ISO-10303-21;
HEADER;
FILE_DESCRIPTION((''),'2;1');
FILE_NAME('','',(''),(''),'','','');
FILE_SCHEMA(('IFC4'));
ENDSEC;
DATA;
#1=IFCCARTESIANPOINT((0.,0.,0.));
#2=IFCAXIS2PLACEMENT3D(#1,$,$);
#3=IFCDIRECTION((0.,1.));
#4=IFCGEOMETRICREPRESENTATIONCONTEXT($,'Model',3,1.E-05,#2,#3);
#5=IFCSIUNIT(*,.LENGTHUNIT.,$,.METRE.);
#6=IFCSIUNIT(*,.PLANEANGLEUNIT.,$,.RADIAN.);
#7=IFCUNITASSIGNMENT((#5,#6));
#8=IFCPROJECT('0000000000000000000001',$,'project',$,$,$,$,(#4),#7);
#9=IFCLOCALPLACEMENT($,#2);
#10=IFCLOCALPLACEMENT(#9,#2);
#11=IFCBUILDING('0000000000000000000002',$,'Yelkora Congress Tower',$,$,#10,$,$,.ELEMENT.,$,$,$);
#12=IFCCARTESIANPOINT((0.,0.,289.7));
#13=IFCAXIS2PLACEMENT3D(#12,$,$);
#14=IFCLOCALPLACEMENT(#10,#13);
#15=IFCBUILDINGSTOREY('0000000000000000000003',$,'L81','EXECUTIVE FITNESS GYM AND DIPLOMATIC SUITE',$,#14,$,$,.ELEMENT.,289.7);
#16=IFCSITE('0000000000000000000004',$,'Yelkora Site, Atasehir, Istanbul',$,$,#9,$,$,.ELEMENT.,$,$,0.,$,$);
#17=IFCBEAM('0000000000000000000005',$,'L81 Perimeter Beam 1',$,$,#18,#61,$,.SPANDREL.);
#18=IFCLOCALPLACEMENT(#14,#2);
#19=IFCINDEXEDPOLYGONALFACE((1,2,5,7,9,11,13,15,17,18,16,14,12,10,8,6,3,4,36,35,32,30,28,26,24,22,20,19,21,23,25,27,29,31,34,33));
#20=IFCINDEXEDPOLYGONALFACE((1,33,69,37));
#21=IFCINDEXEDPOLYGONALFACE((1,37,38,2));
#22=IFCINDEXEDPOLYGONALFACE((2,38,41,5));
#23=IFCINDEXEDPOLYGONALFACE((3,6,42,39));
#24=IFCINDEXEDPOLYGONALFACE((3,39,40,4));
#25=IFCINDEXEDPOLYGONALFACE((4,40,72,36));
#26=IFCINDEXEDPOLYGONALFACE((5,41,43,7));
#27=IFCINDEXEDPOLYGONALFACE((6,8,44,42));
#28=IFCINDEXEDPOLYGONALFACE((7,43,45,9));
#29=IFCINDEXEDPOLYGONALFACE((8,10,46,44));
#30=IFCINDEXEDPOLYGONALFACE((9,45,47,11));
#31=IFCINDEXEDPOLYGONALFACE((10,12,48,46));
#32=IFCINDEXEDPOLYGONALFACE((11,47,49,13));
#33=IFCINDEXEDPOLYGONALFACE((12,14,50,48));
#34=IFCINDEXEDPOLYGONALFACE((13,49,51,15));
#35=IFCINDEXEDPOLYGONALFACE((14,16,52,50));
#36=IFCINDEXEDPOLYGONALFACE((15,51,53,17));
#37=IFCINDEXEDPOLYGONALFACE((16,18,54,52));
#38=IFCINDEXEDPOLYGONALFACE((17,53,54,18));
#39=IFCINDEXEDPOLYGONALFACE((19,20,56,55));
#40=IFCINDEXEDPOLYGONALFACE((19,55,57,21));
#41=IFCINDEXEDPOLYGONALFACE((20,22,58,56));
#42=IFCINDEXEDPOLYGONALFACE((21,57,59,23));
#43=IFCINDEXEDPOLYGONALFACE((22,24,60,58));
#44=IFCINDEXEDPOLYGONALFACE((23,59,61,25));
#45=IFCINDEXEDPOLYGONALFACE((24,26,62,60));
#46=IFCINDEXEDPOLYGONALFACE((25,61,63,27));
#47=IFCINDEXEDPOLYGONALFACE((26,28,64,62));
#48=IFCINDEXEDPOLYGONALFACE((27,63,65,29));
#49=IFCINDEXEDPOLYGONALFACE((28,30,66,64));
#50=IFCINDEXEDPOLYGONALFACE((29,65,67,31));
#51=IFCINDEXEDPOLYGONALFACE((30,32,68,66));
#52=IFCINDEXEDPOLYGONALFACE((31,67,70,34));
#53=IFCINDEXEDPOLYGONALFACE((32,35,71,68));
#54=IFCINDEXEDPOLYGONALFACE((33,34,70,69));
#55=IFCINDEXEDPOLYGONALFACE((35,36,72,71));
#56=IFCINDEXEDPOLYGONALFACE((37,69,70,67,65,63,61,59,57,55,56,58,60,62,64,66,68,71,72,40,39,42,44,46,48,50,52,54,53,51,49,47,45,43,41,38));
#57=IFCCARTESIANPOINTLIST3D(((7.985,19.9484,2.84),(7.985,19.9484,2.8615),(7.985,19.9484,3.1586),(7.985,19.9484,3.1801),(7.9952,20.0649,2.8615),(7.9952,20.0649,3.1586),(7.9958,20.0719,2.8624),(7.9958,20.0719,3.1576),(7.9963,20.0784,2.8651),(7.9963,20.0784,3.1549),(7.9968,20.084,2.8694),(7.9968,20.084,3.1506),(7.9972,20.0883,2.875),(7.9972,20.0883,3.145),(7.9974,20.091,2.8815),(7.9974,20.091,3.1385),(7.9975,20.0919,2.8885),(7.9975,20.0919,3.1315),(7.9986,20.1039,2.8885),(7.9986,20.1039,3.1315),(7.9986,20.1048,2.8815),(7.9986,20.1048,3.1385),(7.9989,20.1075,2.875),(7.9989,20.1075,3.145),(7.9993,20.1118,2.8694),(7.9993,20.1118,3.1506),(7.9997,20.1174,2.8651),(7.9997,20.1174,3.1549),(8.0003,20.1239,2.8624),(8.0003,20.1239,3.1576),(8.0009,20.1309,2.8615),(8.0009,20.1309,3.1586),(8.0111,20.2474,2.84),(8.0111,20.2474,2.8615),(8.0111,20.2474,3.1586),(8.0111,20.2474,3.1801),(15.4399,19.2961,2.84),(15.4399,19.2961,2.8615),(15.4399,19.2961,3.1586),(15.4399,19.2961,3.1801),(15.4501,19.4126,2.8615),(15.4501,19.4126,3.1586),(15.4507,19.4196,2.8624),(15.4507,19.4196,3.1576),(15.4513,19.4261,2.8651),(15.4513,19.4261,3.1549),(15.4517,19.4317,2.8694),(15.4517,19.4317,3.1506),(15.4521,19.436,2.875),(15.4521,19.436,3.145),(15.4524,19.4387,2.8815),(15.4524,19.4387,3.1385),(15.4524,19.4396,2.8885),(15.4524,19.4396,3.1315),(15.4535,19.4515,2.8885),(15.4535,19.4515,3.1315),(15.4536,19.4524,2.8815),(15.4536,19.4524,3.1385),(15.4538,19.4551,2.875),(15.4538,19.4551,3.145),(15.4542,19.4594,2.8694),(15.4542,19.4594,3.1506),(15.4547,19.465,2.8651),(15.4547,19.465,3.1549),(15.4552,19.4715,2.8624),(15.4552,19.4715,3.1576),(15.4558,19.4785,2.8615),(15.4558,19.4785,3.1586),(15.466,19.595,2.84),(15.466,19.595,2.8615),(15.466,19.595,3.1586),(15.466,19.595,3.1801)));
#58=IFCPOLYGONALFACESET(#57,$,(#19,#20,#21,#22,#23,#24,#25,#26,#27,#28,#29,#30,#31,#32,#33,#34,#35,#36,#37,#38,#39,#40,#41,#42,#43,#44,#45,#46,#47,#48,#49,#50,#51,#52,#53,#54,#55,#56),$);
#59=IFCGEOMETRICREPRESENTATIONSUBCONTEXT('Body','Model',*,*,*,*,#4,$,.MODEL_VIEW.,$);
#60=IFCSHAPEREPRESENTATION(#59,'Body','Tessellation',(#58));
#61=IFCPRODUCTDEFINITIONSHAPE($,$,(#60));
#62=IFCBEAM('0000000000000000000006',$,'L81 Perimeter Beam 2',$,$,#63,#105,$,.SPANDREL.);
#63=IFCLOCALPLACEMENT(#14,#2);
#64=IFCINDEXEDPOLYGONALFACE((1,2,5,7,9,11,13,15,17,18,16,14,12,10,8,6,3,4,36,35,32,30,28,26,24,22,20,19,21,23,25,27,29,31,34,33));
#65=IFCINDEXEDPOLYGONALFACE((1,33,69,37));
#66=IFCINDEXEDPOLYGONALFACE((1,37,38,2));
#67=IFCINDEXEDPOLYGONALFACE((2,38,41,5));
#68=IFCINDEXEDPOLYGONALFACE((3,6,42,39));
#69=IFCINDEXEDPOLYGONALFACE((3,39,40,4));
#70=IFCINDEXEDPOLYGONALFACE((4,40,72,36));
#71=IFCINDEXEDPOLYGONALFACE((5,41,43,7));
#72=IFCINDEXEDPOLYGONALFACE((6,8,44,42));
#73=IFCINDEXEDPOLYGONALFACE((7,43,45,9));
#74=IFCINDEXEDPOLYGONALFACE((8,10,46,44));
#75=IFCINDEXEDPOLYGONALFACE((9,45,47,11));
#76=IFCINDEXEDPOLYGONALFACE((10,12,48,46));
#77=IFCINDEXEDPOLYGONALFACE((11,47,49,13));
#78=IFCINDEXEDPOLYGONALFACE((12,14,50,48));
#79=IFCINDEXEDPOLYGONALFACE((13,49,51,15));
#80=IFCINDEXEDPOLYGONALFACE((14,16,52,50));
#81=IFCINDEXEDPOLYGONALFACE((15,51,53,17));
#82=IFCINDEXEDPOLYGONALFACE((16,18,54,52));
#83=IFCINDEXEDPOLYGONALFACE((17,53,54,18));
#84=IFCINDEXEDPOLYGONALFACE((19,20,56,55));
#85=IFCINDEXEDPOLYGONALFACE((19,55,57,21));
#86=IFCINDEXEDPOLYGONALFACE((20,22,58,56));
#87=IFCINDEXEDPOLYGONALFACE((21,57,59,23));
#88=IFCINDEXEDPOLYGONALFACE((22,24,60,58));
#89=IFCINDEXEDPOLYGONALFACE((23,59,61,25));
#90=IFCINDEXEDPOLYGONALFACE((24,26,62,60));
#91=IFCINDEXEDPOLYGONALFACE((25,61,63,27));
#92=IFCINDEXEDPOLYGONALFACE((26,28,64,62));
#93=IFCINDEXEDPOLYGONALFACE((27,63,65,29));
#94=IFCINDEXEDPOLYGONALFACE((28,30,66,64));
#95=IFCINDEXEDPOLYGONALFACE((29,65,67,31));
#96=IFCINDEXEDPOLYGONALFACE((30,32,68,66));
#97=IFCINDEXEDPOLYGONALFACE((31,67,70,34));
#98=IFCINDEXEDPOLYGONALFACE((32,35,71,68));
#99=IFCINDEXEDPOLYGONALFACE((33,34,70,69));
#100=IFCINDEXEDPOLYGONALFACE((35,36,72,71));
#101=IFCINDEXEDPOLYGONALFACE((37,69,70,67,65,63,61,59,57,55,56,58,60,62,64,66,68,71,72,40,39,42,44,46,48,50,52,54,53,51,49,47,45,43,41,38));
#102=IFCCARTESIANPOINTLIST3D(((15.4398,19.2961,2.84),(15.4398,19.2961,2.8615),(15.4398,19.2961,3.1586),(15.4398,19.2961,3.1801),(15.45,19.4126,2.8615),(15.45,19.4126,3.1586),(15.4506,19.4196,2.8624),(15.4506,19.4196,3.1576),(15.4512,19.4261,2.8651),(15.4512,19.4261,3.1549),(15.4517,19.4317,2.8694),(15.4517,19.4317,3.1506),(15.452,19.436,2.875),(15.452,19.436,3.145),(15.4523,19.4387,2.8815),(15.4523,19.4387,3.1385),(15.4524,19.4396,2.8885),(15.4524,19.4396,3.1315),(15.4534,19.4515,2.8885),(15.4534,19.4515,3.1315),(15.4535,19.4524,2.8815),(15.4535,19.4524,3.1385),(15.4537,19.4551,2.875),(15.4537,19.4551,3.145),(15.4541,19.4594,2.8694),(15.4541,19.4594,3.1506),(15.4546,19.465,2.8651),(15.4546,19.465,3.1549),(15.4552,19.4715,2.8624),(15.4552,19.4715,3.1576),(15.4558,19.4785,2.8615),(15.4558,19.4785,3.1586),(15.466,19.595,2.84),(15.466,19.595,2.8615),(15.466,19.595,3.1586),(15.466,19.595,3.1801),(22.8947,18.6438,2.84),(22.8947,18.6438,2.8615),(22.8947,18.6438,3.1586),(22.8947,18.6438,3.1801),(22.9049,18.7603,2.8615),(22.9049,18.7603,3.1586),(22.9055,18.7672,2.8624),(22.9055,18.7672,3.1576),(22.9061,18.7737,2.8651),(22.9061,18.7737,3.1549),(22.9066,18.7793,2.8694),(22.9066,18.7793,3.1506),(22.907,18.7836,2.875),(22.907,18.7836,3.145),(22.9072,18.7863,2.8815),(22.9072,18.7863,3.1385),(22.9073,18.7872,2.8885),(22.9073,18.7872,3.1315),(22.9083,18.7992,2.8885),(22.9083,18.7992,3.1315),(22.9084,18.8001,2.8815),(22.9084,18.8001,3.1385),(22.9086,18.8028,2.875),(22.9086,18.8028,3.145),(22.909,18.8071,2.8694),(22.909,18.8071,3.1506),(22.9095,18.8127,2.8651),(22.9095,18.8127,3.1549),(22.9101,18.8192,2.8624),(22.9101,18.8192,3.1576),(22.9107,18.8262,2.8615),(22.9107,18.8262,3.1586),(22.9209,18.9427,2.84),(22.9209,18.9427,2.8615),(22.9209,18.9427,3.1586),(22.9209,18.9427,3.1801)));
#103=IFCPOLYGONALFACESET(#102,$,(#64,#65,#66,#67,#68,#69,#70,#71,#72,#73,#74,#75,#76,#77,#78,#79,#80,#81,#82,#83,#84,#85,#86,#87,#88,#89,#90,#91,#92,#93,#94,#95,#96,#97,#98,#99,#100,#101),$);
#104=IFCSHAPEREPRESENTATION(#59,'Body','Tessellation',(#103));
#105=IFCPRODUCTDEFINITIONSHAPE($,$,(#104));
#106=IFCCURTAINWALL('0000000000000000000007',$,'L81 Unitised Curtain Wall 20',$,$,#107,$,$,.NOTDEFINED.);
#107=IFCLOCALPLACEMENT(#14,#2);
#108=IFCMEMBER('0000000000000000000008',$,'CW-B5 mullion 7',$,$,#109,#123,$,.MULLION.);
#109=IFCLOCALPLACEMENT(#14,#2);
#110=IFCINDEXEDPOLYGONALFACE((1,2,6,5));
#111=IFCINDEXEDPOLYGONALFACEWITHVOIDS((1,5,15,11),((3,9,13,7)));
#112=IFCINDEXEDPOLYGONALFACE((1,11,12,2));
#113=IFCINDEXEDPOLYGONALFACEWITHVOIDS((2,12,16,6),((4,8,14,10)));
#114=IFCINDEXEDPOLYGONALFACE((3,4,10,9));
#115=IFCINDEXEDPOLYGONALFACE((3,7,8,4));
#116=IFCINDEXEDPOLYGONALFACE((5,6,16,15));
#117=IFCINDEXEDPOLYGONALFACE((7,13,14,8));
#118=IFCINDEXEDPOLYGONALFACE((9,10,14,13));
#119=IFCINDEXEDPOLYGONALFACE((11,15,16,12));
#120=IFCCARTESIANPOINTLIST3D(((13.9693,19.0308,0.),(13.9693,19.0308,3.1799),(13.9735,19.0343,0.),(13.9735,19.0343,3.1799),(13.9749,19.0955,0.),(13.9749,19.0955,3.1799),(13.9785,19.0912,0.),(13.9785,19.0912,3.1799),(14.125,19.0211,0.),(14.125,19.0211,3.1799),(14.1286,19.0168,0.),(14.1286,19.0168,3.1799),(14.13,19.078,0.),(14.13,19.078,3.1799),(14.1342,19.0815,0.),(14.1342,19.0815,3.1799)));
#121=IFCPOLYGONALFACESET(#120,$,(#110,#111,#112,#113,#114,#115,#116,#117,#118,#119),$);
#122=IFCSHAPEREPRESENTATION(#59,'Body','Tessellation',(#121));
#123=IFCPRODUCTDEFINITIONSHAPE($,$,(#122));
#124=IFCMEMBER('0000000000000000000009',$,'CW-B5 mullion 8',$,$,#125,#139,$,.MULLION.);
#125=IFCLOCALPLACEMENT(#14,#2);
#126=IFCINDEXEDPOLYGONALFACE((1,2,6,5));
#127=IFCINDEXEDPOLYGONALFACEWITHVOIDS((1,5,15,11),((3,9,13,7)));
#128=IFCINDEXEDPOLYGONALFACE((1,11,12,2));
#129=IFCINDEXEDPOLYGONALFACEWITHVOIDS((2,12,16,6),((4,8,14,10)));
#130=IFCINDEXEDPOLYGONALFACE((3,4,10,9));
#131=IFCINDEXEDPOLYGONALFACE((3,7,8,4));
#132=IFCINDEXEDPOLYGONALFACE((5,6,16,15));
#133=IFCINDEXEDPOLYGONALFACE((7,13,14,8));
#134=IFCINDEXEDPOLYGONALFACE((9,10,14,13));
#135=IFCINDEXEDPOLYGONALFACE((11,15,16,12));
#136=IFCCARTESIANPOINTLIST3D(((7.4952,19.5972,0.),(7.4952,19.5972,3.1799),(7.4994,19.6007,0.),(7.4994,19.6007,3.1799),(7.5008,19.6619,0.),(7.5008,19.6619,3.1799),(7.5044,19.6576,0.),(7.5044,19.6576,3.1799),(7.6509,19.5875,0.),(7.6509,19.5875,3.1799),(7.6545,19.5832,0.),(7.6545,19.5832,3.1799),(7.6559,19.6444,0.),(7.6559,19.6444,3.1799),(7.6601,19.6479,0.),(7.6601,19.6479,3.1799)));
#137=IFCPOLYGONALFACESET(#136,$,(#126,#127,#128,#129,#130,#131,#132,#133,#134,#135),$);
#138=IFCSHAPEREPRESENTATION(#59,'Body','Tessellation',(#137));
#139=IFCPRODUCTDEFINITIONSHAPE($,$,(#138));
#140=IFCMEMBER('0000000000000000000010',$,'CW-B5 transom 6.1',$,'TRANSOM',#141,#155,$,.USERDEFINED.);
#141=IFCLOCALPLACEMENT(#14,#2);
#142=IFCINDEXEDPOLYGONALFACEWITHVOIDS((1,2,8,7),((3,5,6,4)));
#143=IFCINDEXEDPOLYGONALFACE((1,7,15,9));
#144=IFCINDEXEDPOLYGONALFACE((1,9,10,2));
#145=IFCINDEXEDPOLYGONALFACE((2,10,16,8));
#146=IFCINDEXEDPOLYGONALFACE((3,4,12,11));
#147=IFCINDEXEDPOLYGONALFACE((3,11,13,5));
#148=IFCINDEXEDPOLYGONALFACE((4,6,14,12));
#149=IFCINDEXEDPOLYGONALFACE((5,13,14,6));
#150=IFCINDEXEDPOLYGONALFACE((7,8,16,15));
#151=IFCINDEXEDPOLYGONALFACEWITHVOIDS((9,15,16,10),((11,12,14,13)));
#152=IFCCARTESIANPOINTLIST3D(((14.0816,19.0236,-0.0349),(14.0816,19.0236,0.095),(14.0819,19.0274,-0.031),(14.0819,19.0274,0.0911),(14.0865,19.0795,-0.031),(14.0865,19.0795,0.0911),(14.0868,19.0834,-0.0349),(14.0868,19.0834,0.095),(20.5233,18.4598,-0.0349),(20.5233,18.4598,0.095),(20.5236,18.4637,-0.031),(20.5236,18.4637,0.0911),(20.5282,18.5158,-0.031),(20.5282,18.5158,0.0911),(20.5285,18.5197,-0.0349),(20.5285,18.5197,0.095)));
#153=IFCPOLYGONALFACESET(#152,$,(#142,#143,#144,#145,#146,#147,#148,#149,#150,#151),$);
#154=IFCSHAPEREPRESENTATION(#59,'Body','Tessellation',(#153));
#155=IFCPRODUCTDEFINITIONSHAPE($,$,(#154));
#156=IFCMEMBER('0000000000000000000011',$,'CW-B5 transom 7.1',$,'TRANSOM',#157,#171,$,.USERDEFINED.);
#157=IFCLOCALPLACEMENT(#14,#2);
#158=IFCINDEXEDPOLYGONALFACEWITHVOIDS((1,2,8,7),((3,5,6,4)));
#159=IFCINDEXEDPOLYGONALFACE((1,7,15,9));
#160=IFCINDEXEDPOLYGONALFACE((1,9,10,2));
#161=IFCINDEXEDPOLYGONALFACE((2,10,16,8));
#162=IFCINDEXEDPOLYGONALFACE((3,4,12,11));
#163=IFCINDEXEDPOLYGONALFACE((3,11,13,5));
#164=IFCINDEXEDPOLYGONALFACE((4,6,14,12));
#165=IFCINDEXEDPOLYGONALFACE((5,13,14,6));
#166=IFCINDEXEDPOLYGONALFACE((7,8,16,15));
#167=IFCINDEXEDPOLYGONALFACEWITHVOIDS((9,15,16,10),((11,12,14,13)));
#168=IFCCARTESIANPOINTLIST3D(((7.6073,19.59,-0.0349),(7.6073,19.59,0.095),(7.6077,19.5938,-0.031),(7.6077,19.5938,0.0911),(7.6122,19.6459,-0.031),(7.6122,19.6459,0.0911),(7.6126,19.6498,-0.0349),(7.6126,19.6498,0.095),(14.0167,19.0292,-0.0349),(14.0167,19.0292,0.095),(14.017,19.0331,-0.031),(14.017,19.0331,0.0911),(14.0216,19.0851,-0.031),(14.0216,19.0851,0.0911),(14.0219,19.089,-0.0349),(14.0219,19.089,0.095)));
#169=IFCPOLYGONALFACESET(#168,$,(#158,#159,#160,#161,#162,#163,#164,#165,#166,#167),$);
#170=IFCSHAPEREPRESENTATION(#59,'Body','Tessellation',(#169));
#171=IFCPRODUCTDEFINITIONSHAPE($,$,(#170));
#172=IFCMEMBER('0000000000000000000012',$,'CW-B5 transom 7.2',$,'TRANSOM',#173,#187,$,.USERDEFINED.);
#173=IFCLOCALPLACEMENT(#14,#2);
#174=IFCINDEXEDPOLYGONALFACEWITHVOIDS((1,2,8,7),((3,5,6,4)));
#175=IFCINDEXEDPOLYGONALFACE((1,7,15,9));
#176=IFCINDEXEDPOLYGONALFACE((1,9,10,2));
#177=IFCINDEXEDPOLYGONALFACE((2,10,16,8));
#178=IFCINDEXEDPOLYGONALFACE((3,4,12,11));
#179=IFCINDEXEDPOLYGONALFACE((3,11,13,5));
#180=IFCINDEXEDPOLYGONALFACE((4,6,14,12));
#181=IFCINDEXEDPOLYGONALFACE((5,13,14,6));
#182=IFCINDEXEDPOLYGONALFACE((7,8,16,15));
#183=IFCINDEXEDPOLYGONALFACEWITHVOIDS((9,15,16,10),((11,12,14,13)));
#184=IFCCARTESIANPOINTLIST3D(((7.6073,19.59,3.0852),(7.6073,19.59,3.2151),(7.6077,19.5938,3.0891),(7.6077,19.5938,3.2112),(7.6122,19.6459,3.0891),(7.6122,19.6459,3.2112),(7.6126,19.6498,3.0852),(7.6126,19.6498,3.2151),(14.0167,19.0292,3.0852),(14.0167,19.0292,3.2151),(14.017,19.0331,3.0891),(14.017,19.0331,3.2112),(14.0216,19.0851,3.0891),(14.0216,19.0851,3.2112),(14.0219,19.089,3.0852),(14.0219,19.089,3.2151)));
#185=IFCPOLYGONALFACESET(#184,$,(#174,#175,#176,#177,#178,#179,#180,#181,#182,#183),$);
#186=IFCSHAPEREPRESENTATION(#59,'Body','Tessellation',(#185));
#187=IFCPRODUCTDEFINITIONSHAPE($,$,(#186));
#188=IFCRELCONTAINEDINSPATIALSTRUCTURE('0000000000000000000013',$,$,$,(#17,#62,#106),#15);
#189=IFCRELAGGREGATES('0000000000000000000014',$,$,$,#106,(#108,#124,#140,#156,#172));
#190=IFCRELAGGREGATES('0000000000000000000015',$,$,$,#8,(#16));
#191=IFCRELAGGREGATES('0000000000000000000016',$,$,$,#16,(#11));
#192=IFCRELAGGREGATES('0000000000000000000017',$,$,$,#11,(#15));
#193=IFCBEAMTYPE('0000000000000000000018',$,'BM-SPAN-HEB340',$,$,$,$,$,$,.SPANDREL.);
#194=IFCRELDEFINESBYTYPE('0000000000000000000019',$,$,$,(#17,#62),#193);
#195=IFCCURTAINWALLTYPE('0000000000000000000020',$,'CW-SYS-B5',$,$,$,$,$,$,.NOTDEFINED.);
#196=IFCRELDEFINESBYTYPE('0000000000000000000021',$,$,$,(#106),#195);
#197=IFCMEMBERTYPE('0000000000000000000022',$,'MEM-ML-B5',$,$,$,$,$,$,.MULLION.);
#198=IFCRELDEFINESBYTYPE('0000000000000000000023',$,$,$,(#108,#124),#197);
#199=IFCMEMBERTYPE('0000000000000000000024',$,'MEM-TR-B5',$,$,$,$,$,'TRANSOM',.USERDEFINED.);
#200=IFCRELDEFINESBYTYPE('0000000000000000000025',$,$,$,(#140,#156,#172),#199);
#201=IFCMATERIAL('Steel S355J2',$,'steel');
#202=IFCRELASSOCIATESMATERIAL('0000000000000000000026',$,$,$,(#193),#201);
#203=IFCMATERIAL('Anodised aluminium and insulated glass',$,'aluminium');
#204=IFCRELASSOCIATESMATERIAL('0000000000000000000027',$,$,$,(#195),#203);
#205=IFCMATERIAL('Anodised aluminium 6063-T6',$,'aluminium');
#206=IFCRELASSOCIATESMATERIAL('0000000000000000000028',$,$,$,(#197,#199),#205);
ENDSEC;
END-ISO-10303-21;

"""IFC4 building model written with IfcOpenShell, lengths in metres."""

from ifc_helpers import new_model, si_unit, direction, frame, origin, origin_2d, place, context, subcontext, project, spatial, hollow_rectangle, i_section, extrude, material, material_profile, profile_set, type_object, element, aggregate, save


model = new_model("IFC4")

# Units and contexts
model_context = context("Model", 3, precision=1e-05, world=origin(), true_north=direction((0.0, 1.0)))
body_context = subcontext(model_context, "Body", "Model", "MODEL_VIEW")
ifc_project = project(units=[si_unit("LENGTHUNIT", "METRE"), si_unit("PLANEANGLEUNIT", "RADIAN")], contexts=[model_context])

# Site, building, storey
site_placement = place(None, origin())
site = spatial("IfcSite", under=ifc_project, at=site_placement, Name="Yelkora Site, Atasehir, Istanbul", CompositionType="ELEMENT", RefElevation=0.0)
building_placement = place(site_placement, origin())
building = spatial("IfcBuilding", under=site, at=building_placement, Name="Yelkora Congress Tower", CompositionType="ELEMENT")
storey_placement = place(building_placement, frame((0.0, 0.0, 289.7)))
storey = spatial("IfcBuildingStorey", under=building, at=storey_placement, Name="L81", Description="EXECUTIVE FITNESS GYM AND DIPLOMATIC SUITE", CompositionType="ELEMENT", Elevation=289.7)

# Shared definitions
ifc_material_1 = material(Name="Steel S355J2", Category="steel")

# Beams
ifc_material_profile_1 = material_profile(ifc_material_1, i_section(OverallWidth=0.3, OverallDepth=0.3401, WebThickness=0.012, FlangeThickness=0.0215, FilletRadius=0.0271, at=origin_2d()), Name="HEB 340")
ifc_profile_set_1 = profile_set([ifc_material_profile_1], Name="Steel S355J2")
beam_type_1 = type_object("IfcBeamType", Name="BM-SPAN-HEB340", PredefinedType="SPANDREL", material=ifc_profile_set_1)
for number, where, z_axis, x_axis, name in (
    (1, (7.998, 20.0979, 3.01), (0.996193, -0.087173, 0.0), (0.087173, 0.996193, 0.0), "L81 Perimeter Beam 1"),
    (2, (15.4529, 19.4456, 3.01), (0.996193, -0.087173, 0.0), (0.087173, 0.996193, 0.0), "L81 Perimeter Beam 2"),
):
    element("IfcBeam", number, at=place(storey_placement, frame(where, z_axis=z_axis, x_axis=x_axis)), inside=storey, type_object=beam_type_1, Name=name, PredefinedType="SPANDREL", context=body_context, shape_type="SweptSolid", body=[
        extrude(i_section(OverallWidth=0.3, OverallDepth=0.3401, WebThickness=0.012, FlangeThickness=0.0215, FilletRadius=0.0271, at=origin_2d()), origin(), (0.0, 0.0, 1.0), 7.4834),
    ])

# Curtain wall, members
ifc_material_2 = material(Name="Anodised aluminium and insulated glass", Category="aluminium")
curtain_wall_type = type_object("IfcCurtainWallType", Name="CW-SYS-B5", PredefinedType="NOTDEFINED", material=ifc_material_2)
curtain_wall_placement = place(storey_placement, origin())
curtain_wall = element("IfcCurtainWall", 3, at=curtain_wall_placement, inside=storey, type_object=curtain_wall_type, Name="L81 Unitised Curtain Wall 20", PredefinedType="NOTDEFINED")
ifc_material_3 = material(Name="Anodised aluminium 6063-T6", Category="aluminium")
ifc_material_profile_2 = material_profile(ifc_material_3, hollow_rectangle(XDim=0.0649, YDim=0.1599, WallThickness=0.0039, at=origin_2d()), Name="ALU 65x160x4")
ifc_profile_set_2 = profile_set([ifc_material_profile_2], Name="Anodised aluminium 6063-T6")
member_type_1 = type_object("IfcMemberType", Name="MEM-ML-B5", PredefinedType="MULLION", material=ifc_profile_set_2)
member_1_placement = place(storey_placement, frame((14.0518, 19.0562, 0.0), z_axis=(0.0, 0.0, 1.0), x_axis=(-0.087157, -0.996195, 0.0)))
member_1 = element("IfcMember", 4, at=member_1_placement, type_object=member_type_1, Name="CW-B5 mullion 7", PredefinedType="MULLION", context=body_context, shape_type="SweptSolid", body=[
    extrude(hollow_rectangle(XDim=0.0649, YDim=0.1599, WallThickness=0.0039, at=origin_2d()), origin(), (0.0, 0.0, 1.0), 3.1799),
])
member_2_placement = place(storey_placement, frame((7.5776, 19.6226, 0.0), z_axis=(0.0, 0.0, 1.0), x_axis=(-0.087157, -0.996195, 0.0)))
member_2 = element("IfcMember", 5, at=member_2_placement, type_object=member_type_1, Name="CW-B5 mullion 8", PredefinedType="MULLION", context=body_context, shape_type="SweptSolid", body=[
    extrude(hollow_rectangle(XDim=0.0649, YDim=0.1599, WallThickness=0.0039, at=origin_2d()), origin(), (0.0, 0.0, 1.0), 3.1799),
])
ifc_material_profile_3 = material_profile(ifc_material_3, hollow_rectangle(XDim=0.0601, YDim=0.1299, WallThickness=0.0039, at=origin_2d()), Name="ALU 60x130x4")
ifc_profile_set_3 = profile_set([ifc_material_profile_3], Name="Anodised aluminium 6063-T6")
member_type_2 = type_object("IfcMemberType", Name="MEM-TR-B5", ElementType="TRANSOM", PredefinedType="USERDEFINED", material=ifc_profile_set_3)
member_3_placement = place(storey_placement, frame((20.5259, 18.4897, 0.03), z_axis=(-0.996193, 0.087179, 0.0), x_axis=(-0.087179, -0.996193, 0.0)))
member_3 = element("IfcMember", 6, at=member_3_placement, type_object=member_type_2, Name="CW-B5 transom 6.1", ObjectType="TRANSOM", PredefinedType="USERDEFINED", context=body_context, shape_type="SweptSolid", body=[
    extrude(hollow_rectangle(XDim=0.0601, YDim=0.1299, WallThickness=0.0039, at=origin_2d()), origin(), (0.0, 0.0, 1.0), 6.4663),
])
member_4_placement = place(storey_placement, frame((14.0193, 19.0591, 0.03), z_axis=(-0.996194, 0.087162, 0.0), x_axis=(-0.087162, -0.996194, 0.0)))
member_4 = element("IfcMember", 7, at=member_4_placement, type_object=member_type_2, Name="CW-B5 transom 7.1", ObjectType="TRANSOM", PredefinedType="USERDEFINED", context=body_context, shape_type="SweptSolid", body=[
    extrude(hollow_rectangle(XDim=0.0601, YDim=0.1299, WallThickness=0.0039, at=origin_2d()), origin(), (0.0, 0.0, 1.0), 6.4338),
])
member_5_placement = place(storey_placement, frame((14.0193, 19.0591, 3.1501), z_axis=(-0.996194, 0.087162, 0.0), x_axis=(-0.087162, -0.996194, 0.0)))
member_5 = element("IfcMember", 8, at=member_5_placement, type_object=member_type_2, Name="CW-B5 transom 7.2", ObjectType="TRANSOM", PredefinedType="USERDEFINED", context=body_context, shape_type="SweptSolid", body=[
    extrude(hollow_rectangle(XDim=0.0601, YDim=0.1299, WallThickness=0.0039, at=origin_2d()), origin(), (0.0, 0.0, 1.0), 6.4338),
])
aggregate(curtain_wall, [member_1, member_2, member_3, member_4, member_5])

save(model, "model.ifc")
